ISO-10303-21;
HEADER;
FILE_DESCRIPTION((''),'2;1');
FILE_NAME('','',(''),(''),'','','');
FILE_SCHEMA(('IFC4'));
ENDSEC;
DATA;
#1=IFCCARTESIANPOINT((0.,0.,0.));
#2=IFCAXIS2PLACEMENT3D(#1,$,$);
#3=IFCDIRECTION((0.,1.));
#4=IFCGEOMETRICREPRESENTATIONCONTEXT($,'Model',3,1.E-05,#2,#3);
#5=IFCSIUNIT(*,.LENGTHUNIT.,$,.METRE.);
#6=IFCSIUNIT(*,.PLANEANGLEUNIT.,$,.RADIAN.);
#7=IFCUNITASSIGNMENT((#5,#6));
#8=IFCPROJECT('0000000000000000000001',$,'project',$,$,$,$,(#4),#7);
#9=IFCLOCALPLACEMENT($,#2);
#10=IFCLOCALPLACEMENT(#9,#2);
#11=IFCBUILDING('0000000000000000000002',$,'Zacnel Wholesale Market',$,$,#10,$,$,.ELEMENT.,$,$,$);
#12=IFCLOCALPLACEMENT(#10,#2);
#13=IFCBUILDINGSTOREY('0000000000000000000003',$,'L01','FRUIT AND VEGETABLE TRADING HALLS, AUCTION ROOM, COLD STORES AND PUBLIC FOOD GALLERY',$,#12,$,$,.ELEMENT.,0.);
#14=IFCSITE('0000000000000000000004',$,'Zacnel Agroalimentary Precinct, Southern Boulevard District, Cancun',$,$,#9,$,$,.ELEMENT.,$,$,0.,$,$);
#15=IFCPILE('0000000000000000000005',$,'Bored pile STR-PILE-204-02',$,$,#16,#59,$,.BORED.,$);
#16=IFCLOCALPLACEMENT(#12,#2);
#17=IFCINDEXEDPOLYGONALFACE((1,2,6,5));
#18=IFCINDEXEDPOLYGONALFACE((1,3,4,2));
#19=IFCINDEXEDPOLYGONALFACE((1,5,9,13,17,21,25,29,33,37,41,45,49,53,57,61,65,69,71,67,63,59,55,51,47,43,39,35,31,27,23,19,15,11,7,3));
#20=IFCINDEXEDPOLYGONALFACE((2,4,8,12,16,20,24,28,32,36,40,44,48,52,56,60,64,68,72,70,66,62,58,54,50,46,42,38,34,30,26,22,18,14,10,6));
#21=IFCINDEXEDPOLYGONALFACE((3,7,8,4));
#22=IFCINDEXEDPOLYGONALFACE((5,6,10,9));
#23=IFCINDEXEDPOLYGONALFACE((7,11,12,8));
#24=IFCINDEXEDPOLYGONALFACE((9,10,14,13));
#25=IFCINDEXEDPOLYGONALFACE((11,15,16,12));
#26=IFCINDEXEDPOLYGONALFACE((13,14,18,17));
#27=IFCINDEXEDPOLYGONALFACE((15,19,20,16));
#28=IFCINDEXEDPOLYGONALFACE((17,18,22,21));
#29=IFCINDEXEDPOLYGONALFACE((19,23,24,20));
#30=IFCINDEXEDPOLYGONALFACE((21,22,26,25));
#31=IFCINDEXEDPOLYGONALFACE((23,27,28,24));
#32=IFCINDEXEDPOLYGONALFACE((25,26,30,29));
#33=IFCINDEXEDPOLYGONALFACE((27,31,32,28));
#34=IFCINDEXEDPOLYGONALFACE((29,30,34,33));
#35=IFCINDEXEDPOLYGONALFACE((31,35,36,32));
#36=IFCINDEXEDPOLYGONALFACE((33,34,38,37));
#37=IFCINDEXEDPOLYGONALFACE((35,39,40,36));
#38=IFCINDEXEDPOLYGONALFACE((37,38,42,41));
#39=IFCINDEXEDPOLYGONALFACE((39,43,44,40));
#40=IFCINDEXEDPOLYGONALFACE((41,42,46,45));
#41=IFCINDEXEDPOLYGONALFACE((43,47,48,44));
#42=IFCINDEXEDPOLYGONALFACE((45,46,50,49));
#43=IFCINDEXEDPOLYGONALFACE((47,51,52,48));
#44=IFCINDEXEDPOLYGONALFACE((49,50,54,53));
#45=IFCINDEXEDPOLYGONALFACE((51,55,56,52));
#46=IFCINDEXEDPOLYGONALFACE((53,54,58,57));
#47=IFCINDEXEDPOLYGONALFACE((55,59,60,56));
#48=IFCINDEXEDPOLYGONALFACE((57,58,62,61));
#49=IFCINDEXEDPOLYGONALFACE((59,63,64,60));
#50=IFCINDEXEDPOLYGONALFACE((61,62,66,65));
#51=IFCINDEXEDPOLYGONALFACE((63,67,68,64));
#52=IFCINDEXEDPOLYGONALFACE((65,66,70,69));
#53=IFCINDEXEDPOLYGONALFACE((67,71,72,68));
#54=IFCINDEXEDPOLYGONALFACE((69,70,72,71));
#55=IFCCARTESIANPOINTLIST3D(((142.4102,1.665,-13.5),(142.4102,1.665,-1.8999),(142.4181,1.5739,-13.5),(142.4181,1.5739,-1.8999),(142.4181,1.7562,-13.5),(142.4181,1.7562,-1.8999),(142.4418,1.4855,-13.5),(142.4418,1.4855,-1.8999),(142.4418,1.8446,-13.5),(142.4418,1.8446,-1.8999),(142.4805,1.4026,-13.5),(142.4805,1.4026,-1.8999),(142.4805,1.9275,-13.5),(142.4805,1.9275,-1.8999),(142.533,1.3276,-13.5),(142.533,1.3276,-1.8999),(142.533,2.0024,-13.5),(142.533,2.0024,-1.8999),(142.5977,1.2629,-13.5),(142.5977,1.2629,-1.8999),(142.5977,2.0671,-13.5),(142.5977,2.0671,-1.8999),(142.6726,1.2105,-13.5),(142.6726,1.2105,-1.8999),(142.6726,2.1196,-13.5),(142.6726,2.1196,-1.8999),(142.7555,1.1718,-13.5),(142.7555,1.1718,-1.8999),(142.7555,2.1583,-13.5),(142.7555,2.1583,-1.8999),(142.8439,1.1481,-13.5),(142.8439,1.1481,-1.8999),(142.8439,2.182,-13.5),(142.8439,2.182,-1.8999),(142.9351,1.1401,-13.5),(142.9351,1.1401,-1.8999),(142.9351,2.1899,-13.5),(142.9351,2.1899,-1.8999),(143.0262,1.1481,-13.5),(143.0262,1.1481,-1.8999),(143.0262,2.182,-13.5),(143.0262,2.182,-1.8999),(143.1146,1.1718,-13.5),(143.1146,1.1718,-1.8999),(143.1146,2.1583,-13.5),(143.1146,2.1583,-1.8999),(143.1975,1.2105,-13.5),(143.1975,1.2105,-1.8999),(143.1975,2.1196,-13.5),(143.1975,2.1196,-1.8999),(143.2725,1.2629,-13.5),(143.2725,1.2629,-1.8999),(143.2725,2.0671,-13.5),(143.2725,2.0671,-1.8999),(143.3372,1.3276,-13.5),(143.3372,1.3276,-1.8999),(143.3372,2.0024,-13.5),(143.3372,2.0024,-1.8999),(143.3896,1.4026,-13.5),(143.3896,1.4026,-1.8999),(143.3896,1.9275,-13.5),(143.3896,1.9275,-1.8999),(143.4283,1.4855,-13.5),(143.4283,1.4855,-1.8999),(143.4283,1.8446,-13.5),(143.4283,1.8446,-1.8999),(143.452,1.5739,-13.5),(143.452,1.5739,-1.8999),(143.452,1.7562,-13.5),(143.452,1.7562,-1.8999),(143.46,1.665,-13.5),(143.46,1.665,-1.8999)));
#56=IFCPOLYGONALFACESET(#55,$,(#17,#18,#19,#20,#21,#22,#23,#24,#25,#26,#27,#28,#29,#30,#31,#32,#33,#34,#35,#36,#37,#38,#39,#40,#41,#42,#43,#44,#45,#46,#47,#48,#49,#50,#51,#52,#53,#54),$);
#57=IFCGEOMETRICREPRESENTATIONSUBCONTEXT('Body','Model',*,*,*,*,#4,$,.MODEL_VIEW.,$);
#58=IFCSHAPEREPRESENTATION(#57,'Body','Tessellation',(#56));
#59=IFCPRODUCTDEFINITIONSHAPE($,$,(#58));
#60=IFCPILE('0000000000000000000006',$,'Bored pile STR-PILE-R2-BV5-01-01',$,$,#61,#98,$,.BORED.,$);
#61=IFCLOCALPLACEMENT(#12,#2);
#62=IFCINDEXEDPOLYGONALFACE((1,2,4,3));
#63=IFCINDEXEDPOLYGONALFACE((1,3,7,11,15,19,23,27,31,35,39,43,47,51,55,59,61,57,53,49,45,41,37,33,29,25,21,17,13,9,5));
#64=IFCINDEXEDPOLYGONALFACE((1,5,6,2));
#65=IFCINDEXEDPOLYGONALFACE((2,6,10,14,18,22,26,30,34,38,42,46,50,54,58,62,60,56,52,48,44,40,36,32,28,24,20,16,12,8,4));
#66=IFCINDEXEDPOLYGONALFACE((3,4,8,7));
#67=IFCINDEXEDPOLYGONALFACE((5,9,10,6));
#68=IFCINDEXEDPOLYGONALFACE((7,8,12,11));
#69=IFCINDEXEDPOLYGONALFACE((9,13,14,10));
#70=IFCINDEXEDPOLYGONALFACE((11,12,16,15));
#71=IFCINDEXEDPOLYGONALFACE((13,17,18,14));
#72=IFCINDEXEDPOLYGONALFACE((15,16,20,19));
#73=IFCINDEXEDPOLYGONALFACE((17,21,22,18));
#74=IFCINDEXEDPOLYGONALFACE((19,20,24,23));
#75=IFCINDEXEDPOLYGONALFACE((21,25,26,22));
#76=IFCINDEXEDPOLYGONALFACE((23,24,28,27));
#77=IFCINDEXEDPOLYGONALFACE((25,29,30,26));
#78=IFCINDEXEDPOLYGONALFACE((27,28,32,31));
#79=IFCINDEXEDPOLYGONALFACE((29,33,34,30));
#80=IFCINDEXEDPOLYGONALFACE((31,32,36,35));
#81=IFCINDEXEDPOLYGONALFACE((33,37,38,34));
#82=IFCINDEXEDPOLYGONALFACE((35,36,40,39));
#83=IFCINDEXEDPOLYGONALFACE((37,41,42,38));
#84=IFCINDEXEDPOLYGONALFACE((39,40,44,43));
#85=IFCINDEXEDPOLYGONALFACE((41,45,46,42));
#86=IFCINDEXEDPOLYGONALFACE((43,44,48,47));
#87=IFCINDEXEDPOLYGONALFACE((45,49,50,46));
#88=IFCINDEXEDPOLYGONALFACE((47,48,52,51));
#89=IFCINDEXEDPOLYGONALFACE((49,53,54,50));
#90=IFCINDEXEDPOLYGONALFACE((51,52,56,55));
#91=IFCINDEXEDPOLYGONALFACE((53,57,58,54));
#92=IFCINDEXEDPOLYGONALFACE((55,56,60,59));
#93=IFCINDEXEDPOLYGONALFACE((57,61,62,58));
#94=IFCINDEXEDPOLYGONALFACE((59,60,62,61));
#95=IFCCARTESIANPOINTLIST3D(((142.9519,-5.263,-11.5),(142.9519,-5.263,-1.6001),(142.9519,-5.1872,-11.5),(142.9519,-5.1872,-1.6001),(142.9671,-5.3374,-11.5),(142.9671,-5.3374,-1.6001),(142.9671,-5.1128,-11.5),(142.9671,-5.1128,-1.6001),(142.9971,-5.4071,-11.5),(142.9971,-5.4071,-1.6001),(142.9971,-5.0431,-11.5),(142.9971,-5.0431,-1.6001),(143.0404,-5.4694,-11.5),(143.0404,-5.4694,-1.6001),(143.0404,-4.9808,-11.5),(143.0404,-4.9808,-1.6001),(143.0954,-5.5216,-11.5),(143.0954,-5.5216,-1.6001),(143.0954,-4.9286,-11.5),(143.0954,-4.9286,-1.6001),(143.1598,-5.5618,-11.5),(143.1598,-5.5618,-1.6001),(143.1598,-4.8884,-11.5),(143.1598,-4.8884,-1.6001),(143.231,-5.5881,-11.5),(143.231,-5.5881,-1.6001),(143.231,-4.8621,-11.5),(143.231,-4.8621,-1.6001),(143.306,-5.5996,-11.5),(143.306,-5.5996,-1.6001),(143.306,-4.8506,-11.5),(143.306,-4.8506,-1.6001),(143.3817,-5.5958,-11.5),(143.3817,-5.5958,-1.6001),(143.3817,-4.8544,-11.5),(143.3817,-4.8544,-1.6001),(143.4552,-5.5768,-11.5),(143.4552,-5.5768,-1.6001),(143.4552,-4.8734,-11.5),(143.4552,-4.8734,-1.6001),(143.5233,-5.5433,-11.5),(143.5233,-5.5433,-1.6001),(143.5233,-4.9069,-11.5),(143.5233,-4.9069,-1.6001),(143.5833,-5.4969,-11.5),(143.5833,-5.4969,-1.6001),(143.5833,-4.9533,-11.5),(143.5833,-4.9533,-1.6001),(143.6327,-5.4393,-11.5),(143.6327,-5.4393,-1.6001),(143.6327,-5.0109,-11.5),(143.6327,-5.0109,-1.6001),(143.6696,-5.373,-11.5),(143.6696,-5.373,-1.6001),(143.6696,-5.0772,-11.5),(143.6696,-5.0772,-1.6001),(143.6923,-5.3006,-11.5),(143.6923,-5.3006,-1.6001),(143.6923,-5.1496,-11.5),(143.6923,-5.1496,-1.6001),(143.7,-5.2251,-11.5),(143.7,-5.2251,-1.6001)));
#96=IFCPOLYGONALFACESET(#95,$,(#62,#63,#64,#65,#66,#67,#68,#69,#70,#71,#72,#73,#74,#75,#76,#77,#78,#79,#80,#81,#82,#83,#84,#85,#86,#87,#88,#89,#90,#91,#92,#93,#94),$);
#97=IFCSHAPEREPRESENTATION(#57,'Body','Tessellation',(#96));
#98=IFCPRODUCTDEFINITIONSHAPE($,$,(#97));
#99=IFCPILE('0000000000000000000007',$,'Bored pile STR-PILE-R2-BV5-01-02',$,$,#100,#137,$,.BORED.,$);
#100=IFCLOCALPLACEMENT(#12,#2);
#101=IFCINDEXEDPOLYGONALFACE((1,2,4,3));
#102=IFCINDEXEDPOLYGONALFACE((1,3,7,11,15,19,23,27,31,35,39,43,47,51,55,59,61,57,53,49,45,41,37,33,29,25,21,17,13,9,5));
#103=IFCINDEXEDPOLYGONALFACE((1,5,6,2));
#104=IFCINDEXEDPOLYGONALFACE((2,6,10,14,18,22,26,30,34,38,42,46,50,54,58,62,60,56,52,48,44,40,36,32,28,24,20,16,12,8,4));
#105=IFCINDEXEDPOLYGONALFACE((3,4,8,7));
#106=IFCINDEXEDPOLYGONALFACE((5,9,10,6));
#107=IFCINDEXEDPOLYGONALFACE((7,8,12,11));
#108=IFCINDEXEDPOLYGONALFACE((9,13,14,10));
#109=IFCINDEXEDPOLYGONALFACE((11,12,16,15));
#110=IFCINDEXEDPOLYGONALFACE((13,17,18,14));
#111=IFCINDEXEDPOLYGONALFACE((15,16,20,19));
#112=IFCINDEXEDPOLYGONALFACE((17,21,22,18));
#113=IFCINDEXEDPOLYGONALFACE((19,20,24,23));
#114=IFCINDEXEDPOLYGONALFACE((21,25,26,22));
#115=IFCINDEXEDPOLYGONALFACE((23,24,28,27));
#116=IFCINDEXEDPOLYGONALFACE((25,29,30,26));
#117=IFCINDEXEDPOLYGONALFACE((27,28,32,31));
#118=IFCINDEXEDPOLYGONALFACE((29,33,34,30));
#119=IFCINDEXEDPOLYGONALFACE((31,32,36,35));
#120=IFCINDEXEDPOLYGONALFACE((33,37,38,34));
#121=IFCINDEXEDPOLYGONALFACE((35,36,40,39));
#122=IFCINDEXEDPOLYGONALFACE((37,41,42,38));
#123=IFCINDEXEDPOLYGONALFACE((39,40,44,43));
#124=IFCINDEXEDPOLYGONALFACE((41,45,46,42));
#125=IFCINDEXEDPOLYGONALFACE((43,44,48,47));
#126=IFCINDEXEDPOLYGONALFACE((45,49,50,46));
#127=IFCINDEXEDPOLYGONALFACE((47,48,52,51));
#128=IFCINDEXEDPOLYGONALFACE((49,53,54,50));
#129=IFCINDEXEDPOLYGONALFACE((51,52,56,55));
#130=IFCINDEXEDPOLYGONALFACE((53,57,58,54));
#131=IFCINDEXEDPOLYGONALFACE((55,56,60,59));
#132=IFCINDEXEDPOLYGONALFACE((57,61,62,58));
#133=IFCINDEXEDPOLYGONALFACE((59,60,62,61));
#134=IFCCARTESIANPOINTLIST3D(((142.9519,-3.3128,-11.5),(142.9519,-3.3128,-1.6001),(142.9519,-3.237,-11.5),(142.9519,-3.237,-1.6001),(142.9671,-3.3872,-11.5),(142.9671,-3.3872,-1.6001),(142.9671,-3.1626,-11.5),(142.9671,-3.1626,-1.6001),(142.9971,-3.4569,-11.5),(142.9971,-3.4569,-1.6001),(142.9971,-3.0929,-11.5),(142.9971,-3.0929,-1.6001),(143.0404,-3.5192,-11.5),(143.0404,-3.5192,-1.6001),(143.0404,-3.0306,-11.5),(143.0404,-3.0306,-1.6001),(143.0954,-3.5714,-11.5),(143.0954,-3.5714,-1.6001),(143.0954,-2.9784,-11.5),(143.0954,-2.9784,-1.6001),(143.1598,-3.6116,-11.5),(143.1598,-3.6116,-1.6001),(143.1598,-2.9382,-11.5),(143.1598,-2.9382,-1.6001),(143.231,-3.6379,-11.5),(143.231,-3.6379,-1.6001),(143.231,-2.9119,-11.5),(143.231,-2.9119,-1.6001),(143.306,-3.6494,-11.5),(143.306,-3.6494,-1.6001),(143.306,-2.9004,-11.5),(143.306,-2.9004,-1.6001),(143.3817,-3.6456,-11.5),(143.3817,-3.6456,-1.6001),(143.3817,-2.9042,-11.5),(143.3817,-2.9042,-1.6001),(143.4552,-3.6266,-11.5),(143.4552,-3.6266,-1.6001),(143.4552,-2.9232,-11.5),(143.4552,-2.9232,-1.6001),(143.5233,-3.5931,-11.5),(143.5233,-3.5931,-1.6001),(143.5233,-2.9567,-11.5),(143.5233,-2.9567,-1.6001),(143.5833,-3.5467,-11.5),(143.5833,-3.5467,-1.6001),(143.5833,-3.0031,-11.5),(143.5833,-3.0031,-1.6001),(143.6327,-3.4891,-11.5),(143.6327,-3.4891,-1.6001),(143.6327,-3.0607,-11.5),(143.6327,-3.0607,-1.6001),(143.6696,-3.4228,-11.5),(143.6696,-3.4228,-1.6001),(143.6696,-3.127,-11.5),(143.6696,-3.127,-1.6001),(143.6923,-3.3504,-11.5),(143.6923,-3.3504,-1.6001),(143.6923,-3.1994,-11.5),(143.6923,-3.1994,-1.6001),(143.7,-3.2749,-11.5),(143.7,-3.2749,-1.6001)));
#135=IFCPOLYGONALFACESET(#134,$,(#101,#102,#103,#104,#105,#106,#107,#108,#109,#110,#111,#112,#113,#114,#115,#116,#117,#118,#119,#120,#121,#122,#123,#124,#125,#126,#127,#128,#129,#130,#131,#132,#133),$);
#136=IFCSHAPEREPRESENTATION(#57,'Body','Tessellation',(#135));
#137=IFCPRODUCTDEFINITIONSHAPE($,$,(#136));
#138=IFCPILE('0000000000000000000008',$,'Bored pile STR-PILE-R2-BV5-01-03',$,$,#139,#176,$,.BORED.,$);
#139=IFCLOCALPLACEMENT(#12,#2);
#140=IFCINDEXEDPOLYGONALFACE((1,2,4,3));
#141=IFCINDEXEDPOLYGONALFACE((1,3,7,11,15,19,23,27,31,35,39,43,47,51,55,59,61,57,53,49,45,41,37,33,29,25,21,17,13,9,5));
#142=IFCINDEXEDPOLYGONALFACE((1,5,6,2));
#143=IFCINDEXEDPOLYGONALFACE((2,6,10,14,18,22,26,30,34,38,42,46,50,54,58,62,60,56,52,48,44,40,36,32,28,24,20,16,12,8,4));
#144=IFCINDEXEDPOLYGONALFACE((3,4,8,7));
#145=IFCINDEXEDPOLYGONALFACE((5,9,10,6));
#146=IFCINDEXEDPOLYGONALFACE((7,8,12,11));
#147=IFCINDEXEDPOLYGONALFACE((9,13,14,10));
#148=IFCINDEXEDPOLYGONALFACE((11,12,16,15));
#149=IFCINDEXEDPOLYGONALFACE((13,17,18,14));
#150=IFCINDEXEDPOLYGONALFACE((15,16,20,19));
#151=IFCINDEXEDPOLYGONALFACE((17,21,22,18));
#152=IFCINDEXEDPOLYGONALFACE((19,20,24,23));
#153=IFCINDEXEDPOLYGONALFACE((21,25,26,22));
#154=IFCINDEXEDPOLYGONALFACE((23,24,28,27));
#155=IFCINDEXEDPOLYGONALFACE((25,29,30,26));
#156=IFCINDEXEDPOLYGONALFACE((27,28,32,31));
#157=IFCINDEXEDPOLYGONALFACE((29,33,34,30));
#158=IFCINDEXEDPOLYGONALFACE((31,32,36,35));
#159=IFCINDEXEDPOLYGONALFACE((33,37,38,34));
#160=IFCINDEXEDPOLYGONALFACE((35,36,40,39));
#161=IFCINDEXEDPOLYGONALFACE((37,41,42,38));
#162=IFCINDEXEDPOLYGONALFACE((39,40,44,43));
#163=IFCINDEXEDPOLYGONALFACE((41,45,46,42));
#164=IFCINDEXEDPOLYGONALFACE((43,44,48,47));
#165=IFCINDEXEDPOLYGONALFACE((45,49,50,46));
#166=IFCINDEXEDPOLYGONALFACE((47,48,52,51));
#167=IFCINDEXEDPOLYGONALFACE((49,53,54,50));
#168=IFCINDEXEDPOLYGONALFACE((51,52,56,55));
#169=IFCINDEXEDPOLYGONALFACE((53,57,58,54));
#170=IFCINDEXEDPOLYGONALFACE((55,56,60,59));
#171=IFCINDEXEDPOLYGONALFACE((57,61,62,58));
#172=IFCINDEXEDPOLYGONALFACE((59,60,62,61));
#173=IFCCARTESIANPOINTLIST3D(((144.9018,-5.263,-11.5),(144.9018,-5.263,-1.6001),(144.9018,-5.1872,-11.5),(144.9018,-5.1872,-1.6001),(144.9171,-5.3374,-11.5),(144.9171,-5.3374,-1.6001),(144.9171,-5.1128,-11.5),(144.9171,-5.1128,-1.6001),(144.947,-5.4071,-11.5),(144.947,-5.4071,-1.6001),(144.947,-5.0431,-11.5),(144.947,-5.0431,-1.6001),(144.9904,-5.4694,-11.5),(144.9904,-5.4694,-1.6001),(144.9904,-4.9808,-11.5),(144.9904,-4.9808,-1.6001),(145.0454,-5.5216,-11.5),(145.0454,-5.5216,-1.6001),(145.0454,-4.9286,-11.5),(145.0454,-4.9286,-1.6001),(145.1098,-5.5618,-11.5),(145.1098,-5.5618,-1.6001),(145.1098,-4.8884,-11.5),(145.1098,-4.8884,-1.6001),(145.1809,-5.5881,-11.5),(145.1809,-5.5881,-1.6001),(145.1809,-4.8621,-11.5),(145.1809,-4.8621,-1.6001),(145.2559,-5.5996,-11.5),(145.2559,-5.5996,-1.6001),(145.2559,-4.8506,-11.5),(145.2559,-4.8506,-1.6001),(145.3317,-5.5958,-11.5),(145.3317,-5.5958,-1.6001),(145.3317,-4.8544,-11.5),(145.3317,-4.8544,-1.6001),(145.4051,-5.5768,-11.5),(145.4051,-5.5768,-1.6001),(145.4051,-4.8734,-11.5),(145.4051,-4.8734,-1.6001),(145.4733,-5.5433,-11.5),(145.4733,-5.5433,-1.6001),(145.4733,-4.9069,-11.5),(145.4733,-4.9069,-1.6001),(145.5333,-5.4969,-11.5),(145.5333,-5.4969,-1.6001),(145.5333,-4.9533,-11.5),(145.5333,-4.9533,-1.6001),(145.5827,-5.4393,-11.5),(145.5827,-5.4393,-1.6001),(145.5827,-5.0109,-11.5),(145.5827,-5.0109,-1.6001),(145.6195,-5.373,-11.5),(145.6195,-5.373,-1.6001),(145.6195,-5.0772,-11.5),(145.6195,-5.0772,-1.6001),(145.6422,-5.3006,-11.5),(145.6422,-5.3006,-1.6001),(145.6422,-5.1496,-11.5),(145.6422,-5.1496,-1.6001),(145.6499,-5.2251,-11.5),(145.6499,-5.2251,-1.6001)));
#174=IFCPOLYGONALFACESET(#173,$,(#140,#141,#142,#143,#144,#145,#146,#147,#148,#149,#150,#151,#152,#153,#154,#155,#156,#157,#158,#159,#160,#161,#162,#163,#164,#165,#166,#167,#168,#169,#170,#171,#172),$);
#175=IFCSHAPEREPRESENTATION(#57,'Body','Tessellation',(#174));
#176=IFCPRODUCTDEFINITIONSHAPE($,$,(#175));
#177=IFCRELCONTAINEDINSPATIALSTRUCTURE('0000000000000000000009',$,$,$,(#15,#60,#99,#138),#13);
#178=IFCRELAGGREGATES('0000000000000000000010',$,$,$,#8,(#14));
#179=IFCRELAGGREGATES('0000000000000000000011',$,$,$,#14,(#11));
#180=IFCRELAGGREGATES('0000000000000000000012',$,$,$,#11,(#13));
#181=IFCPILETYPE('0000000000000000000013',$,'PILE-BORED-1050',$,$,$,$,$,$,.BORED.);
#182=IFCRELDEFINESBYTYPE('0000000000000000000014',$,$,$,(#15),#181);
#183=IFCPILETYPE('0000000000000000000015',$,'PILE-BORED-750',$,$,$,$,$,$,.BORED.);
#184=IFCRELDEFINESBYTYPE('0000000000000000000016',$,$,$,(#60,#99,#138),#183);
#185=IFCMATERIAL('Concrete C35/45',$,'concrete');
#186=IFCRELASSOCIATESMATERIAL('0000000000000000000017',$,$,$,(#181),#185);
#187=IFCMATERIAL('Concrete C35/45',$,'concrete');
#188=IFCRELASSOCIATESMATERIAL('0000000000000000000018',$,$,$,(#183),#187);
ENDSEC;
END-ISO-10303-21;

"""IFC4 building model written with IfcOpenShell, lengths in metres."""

from ifc_helpers import new_model, si_unit, direction, frame, origin, origin_2d, place, context, subcontext, project, spatial, circle, extrude, material, material_profile, profile_set, type_object, element, save


model = new_model("IFC4")

# Units and contexts
model_context = context("Model", 3, precision=1e-05, world=origin(), true_north=direction((0.0, 1.0)))
body_context = subcontext(model_context, "Body", "Model", "MODEL_VIEW")
ifc_project = project(units=[si_unit("LENGTHUNIT", "METRE"), si_unit("PLANEANGLEUNIT", "RADIAN")], contexts=[model_context])

# Site, building, storey
site_placement = place(None, origin())
site = spatial("IfcSite", under=ifc_project, at=site_placement, Name="Zacnel Agroalimentary Precinct, Southern Boulevard District, Cancun", CompositionType="ELEMENT", RefElevation=0.0)
building_placement = place(site_placement, origin())
building = spatial("IfcBuilding", under=site, at=building_placement, Name="Zacnel Wholesale Market", CompositionType="ELEMENT")
storey_placement = place(building_placement, origin())
storey = spatial("IfcBuildingStorey", under=building, at=storey_placement, Name="L01", Description="FRUIT AND VEGETABLE TRADING HALLS, AUCTION ROOM, COLD STORES AND PUBLIC FOOD GALLERY", CompositionType="ELEMENT", Elevation=0.0)

# Piles
ifc_material_1 = material(Name="Concrete C35/45", Category="concrete")
ifc_material_profile_1 = material_profile(ifc_material_1, circle(Radius=0.5249, at=origin_2d()), Name="BORED PILE D1050")
ifc_profile_set_1 = profile_set([ifc_material_profile_1], Name="Concrete C35/45")
pile_type_1 = type_object("IfcPileType", Name="PILE-BORED-1050", PredefinedType="BORED", material=ifc_profile_set_1)
for number, where, z_axis, x_axis, name in (
    (1, (142.9351, 1.665, -1.8999), (0.0, 0.0, -1.0), (1.0, 0.0, 0.0), "Bored pile STR-PILE-204-02"),
):
    element("IfcPile", number, at=place(storey_placement, frame(where, z_axis=z_axis, x_axis=x_axis)), inside=storey, type_object=pile_type_1, Name=name, PredefinedType="BORED", context=body_context, shape_type="SweptSolid", body=[
        extrude(circle(Radius=0.5249, at=origin_2d()), origin(), (0.0, 0.0, 1.0), 11.6001),
    ])
ifc_material_2 = material(Name="Concrete C35/45", Category="concrete")
ifc_material_profile_2 = material_profile(ifc_material_2, circle(Radius=0.375, at=origin_2d()), Name="BORED PILE D750")
ifc_profile_set_2 = profile_set([ifc_material_profile_2], Name="Concrete C35/45")
pile_type_2 = type_object("IfcPileType", Name="PILE-BORED-750", PredefinedType="BORED", material=ifc_profile_set_2)
for number, where, z_axis, x_axis, name in (
    (2, (143.325, -5.2251, -1.6001), (0.0, 0.0, -1.0), (1.0, 0.0, 0.0), "Bored pile STR-PILE-R2-BV5-01-01"),
    (3, (143.325, -3.2749, -1.6001), (0.0, 0.0, -1.0), (1.0, 0.0, 0.0), "Bored pile STR-PILE-R2-BV5-01-02"),
    (4, (145.2749, -5.2251, -1.6001), (0.0, 0.0, -1.0), (1.0, 0.0, 0.0), "Bored pile STR-PILE-R2-BV5-01-03"),
):
    element("IfcPile", number, at=place(storey_placement, frame(where, z_axis=z_axis, x_axis=x_axis)), inside=storey, type_object=pile_type_2, Name=name, PredefinedType="BORED", context=body_context, shape_type="SweptSolid", body=[
        extrude(circle(Radius=0.375, at=origin_2d()), origin(), (0.0, 0.0, 1.0), 9.8999),
    ])

save(model, "model.ifc")
